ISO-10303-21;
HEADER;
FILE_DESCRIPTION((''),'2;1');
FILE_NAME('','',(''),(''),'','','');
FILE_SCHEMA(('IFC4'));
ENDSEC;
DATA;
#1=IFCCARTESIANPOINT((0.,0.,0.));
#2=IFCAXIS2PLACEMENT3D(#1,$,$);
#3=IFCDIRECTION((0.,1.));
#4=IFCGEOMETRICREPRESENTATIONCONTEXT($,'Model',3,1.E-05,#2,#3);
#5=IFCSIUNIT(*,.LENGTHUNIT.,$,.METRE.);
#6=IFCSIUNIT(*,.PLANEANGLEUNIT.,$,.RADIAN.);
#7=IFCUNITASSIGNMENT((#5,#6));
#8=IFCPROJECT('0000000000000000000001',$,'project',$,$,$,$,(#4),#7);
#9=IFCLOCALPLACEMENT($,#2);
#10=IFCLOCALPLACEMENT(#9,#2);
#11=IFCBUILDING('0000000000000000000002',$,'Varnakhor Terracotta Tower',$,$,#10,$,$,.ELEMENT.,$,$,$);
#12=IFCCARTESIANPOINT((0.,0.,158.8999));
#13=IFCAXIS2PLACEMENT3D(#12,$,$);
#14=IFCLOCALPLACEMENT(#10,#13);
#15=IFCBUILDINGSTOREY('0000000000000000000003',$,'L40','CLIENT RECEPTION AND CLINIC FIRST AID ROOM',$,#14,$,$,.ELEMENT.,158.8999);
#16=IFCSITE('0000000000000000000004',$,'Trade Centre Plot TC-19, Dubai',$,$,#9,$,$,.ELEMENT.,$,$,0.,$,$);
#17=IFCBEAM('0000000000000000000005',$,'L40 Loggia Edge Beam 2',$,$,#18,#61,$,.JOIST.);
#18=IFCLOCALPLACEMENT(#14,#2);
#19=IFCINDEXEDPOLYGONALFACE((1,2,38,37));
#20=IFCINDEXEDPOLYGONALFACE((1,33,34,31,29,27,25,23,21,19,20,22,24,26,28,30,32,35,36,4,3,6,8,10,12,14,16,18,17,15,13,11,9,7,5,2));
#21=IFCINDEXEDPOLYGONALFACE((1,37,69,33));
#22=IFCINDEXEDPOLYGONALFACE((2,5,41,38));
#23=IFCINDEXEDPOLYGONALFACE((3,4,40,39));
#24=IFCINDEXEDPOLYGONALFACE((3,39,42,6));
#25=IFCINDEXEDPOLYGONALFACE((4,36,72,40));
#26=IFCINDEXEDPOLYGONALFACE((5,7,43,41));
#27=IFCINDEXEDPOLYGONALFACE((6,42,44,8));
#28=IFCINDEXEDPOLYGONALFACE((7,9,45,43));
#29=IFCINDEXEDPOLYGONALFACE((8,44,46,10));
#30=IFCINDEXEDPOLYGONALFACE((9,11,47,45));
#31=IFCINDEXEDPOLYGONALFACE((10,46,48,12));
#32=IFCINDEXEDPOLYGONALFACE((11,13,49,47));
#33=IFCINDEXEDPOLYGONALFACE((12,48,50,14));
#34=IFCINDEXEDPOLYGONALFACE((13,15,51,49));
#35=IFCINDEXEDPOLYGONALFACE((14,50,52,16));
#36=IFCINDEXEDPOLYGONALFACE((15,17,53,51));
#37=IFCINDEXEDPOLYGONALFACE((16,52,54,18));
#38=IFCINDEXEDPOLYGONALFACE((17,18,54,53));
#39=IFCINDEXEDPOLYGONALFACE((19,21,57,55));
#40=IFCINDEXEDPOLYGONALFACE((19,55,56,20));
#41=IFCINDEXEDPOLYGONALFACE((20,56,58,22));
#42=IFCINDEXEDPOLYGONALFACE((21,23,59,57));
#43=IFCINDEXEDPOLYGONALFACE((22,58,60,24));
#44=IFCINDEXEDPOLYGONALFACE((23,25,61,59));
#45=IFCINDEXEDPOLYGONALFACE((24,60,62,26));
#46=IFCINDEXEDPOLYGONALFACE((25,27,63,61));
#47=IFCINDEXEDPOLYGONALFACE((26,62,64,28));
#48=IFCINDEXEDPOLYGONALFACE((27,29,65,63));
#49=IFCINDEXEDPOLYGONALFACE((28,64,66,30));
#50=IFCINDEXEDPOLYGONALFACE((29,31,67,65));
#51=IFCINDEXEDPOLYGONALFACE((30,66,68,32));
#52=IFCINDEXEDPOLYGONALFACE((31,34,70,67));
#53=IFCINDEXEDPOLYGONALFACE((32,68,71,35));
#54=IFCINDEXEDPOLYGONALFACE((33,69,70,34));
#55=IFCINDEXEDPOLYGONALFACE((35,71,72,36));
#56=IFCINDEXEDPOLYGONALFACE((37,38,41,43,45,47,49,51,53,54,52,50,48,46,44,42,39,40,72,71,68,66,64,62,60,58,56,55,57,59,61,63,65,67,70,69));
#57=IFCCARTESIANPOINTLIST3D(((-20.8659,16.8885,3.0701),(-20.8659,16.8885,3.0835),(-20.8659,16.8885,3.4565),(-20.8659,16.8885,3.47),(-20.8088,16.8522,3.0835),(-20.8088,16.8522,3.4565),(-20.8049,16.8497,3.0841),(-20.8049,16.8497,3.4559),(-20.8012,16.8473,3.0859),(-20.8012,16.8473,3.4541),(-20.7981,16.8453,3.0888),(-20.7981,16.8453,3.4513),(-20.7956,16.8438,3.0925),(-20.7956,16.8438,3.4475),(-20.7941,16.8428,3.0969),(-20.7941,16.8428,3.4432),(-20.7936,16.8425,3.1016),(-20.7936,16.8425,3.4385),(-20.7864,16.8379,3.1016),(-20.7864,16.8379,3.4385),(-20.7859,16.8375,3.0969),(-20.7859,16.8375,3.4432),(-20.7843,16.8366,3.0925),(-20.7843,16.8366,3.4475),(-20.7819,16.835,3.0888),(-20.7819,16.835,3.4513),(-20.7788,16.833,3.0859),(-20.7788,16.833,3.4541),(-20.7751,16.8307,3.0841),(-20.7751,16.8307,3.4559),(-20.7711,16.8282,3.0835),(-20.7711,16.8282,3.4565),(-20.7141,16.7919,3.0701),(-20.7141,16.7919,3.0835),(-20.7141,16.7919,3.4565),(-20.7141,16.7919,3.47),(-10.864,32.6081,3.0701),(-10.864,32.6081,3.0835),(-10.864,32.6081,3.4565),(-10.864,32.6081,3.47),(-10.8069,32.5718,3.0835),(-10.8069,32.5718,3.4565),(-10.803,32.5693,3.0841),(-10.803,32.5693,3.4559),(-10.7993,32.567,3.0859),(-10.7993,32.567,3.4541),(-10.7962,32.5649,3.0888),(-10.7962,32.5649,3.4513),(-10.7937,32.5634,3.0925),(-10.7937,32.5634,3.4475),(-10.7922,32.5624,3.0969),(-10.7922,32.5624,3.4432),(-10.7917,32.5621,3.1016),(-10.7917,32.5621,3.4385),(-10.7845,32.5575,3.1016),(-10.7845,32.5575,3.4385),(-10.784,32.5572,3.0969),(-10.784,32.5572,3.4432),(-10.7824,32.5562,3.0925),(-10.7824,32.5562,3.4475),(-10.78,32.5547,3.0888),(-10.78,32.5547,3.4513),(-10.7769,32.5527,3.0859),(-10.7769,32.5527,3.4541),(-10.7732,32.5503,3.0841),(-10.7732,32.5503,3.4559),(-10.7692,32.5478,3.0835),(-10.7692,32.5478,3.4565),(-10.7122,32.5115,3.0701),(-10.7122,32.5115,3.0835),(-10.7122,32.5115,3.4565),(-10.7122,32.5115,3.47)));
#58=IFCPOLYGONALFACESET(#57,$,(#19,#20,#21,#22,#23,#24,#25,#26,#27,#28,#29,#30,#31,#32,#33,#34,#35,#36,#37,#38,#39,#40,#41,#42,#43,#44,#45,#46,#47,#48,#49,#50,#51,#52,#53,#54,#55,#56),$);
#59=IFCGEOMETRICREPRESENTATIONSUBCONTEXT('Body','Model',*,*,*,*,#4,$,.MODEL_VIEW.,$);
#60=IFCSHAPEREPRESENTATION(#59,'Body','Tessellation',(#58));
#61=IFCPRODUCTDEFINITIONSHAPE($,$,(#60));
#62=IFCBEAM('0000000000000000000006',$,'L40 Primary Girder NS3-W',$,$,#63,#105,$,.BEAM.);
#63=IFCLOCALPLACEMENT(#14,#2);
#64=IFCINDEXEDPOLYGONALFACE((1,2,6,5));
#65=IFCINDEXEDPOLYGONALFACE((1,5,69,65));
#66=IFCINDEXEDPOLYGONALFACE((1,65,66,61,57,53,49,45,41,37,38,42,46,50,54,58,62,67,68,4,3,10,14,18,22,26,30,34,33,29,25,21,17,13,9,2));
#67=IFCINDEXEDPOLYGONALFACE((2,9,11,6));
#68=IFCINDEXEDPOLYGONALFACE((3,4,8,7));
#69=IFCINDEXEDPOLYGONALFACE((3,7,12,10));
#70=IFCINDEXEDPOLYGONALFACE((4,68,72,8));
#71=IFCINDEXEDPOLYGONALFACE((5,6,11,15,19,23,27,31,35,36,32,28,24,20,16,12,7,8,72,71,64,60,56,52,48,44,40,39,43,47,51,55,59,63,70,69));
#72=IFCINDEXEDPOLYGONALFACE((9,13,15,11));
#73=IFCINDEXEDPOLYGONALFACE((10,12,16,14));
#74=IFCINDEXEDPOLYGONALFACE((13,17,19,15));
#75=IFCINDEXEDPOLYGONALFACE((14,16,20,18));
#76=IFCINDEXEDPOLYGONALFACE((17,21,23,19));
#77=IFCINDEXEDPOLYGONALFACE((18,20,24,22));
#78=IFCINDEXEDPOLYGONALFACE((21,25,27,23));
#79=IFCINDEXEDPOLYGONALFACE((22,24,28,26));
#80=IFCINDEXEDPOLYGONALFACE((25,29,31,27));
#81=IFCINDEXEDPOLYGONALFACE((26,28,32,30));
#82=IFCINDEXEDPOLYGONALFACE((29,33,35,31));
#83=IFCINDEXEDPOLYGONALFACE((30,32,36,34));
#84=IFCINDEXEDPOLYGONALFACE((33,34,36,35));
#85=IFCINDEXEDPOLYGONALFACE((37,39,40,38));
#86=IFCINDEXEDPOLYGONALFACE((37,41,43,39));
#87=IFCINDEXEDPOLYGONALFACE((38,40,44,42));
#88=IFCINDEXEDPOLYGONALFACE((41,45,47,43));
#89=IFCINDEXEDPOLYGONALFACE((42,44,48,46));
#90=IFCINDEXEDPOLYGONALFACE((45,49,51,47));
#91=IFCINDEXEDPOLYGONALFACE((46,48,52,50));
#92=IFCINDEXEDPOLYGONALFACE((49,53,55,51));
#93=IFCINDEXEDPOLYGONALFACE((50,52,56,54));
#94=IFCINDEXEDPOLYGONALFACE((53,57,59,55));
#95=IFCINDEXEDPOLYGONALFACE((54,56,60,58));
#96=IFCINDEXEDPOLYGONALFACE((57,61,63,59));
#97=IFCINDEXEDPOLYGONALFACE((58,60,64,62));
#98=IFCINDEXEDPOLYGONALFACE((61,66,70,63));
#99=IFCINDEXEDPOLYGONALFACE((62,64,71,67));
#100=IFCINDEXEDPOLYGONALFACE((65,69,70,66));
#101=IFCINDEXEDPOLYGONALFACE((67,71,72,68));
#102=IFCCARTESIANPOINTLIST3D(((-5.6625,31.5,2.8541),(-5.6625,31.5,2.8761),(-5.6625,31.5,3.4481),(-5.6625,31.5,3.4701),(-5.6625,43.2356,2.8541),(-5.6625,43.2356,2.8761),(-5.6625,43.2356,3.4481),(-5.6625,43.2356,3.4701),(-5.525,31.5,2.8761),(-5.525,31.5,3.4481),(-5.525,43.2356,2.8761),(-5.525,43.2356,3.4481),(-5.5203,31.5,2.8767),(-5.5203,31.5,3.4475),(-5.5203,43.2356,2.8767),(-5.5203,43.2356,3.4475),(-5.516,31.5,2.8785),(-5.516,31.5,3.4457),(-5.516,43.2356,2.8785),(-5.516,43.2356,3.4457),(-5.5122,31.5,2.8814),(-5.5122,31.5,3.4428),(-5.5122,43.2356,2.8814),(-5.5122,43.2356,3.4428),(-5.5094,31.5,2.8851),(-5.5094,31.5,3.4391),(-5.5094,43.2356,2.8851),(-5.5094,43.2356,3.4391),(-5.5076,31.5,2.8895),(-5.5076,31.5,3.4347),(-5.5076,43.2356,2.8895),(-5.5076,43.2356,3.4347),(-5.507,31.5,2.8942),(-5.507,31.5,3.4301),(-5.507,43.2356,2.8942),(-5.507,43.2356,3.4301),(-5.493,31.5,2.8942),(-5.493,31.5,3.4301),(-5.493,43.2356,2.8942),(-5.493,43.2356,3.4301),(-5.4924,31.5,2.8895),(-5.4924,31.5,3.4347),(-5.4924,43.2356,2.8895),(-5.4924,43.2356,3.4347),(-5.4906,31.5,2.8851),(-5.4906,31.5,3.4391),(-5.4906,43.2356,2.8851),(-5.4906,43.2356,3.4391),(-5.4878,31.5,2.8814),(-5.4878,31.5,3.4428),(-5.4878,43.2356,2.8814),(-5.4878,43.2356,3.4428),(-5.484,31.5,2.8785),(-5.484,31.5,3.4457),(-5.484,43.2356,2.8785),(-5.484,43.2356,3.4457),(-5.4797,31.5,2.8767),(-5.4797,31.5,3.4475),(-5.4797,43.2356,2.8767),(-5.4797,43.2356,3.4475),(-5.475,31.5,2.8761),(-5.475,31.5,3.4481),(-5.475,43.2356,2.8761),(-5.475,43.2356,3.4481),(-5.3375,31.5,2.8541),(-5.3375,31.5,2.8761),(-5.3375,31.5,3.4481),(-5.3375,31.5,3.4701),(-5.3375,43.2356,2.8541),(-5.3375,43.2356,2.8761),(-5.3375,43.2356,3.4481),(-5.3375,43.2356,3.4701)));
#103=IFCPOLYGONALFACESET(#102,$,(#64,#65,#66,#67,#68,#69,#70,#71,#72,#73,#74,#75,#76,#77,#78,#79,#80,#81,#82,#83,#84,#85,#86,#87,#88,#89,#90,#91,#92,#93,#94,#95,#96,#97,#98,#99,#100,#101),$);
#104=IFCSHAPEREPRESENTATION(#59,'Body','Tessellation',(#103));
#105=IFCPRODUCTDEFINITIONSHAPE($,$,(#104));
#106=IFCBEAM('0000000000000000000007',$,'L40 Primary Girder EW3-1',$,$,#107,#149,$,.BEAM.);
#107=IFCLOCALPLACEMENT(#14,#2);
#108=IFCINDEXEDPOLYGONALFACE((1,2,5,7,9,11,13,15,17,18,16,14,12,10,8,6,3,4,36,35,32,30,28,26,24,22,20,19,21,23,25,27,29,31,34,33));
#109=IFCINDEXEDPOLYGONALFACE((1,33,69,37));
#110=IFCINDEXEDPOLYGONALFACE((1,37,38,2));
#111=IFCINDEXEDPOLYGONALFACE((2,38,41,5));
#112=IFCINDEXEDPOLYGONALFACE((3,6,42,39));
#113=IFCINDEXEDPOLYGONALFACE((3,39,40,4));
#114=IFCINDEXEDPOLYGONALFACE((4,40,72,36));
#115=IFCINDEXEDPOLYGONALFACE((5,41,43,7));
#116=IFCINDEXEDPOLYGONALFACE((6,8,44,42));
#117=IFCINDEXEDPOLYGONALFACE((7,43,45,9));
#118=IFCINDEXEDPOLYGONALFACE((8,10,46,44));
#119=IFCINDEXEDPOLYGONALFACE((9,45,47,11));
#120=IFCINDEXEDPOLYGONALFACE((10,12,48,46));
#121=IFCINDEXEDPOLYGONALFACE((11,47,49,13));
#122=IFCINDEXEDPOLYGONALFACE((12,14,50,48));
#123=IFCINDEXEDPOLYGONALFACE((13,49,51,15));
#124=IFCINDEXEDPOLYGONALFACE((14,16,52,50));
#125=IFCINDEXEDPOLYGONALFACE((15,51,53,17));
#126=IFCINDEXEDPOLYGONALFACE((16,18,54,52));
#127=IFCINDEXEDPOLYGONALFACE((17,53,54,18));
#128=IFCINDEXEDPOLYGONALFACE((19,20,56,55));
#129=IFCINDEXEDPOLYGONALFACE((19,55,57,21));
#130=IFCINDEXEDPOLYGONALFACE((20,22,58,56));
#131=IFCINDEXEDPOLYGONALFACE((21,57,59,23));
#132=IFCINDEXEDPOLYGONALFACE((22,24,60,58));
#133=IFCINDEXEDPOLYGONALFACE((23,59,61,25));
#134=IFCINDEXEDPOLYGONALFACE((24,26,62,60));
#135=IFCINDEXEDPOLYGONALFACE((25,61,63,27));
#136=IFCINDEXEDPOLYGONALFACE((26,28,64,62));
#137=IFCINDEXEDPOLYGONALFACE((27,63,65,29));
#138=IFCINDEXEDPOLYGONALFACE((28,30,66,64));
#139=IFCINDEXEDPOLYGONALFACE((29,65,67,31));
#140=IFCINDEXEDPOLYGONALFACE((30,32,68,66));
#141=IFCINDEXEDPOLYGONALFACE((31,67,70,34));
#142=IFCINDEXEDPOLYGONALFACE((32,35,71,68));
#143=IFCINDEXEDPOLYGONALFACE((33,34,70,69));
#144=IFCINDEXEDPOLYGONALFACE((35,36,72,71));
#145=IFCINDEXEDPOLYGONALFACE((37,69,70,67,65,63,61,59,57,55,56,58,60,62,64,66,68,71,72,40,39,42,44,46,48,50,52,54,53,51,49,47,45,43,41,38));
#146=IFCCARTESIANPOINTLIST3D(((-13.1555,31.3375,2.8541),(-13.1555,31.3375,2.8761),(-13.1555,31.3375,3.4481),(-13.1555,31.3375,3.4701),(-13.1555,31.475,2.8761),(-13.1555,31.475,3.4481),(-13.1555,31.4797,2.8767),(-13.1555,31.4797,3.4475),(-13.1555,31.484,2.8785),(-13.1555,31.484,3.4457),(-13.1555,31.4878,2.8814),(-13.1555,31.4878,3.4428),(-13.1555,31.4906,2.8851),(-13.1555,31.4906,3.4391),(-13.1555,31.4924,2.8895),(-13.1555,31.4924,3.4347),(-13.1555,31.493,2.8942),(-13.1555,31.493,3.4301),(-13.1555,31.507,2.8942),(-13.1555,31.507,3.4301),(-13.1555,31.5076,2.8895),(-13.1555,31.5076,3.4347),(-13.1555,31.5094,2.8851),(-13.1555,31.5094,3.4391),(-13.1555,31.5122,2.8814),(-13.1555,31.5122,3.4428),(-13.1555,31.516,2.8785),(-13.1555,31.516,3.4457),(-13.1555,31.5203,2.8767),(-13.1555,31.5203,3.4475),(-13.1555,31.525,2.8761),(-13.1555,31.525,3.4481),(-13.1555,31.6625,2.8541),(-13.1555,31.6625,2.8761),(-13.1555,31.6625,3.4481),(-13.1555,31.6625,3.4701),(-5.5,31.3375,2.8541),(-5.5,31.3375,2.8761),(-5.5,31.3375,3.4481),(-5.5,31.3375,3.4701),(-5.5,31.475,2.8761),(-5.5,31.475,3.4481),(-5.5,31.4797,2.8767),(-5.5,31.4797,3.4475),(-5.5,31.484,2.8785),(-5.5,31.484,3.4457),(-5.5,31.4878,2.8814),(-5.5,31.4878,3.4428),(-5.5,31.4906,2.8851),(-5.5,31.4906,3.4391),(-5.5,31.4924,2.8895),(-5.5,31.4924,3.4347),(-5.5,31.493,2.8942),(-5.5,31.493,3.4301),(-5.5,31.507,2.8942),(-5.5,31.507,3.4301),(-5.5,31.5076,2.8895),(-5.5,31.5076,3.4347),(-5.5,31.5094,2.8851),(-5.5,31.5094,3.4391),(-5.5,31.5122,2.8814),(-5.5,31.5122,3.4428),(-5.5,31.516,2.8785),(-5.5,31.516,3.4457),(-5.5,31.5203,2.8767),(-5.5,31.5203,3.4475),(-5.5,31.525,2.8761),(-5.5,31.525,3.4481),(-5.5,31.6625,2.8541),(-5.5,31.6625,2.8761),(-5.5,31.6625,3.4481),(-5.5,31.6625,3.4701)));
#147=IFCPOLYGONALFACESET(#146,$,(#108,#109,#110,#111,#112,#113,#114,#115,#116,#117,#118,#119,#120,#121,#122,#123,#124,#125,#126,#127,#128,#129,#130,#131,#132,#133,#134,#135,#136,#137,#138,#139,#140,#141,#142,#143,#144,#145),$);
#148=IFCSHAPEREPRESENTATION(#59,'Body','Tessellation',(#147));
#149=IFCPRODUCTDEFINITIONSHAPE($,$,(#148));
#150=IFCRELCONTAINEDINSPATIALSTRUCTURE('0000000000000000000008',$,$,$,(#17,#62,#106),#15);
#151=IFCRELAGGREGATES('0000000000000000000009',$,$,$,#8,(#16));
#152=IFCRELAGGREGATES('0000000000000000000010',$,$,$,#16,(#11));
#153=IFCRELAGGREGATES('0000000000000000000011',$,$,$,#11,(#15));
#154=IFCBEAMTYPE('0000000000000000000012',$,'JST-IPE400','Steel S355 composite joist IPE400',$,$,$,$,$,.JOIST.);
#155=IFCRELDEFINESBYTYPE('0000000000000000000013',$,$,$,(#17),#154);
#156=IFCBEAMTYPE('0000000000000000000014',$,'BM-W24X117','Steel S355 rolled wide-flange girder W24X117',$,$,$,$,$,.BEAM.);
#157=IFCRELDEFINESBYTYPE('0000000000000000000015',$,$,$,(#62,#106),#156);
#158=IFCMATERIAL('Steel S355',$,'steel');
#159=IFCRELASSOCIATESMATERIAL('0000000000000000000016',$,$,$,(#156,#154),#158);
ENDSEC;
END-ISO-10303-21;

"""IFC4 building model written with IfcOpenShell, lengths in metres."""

from ifc_helpers import new_model, si_unit, direction, frame, origin, origin_2d, place, context, subcontext, project, spatial, i_section, extrude, source, transform, mapped, material, material_profile, profile_set, type_object, element, save


model = new_model("IFC4")

# Units and contexts
model_context = context("Model", 3, precision=1e-05, world=origin(), true_north=direction((0.0, 1.0)))
body_context = subcontext(model_context, "Body", "Model", "MODEL_VIEW")
ifc_project = project(units=[si_unit("LENGTHUNIT", "METRE"), si_unit("PLANEANGLEUNIT", "RADIAN")], contexts=[model_context])

# Site, building, storey
site_placement = place(None, origin())
site = spatial("IfcSite", under=ifc_project, at=site_placement, Name="Trade Centre Plot TC-19, Dubai", CompositionType="ELEMENT", RefElevation=0.0)
building_placement = place(site_placement, origin())
building = spatial("IfcBuilding", under=site, at=building_placement, Name="Varnakhor Terracotta Tower", CompositionType="ELEMENT")
storey_placement = place(building_placement, frame((0.0, 0.0, 158.8999)))
storey = spatial("IfcBuildingStorey", under=building, at=storey_placement, Name="L40", Description="CLIENT RECEPTION AND CLINIC FIRST AID ROOM", CompositionType="ELEMENT", Elevation=158.8999)

# Beams
ifc_material_1 = material(Name="Steel S355", Category="steel")
ifc_material_profile_1 = material_profile(ifc_material_1, i_section(OverallWidth=0.325, OverallDepth=0.616, WebThickness=0.0139, FlangeThickness=0.022, FilletRadius=0.0181, at=origin_2d()), Name="W24X117")
ifc_profile_set_1 = profile_set([ifc_material_profile_1], Name="Steel S355")
beam_type_1 = type_object("IfcBeamType", Name="BM-W24X117", Description="Steel S355 rolled wide-flange girder W24X117", PredefinedType="BEAM", material=ifc_profile_set_1)
ifc_material_profile_2 = material_profile(ifc_material_1, i_section(OverallWidth=0.1799, OverallDepth=0.3999, WebThickness=0.0085, FlangeThickness=0.0134, FilletRadius=0.0181, at=origin_2d()), Name="IPE400")
ifc_profile_set_2 = profile_set([ifc_material_profile_2], Name="Steel S355")
beam_type_2 = type_object("IfcBeamType", Name="JST-IPE400", Description="Steel S355 composite joist IPE400", PredefinedType="JOIST", material=ifc_profile_set_2)
shared_shape_1 = source(origin(), body_context, "Body", "SweptSolid", [
    extrude(i_section(OverallWidth=0.1799, OverallDepth=0.3999, WebThickness=0.0085, FlangeThickness=0.0134, FilletRadius=0.0181, at=origin_2d()), origin(), (0.0, 0.0, 1.0), 18.6318),
])
beam_1_placement = place(storey_placement, frame((-10.7881, 32.5598, 3.27), z_axis=(-0.536818, -0.843698, 0.0), x_axis=(0.843698, -0.536818, 0.0)))
element("IfcBeam", 1, at=beam_1_placement, inside=storey, type_object=beam_type_2, Name="L40 Loggia Edge Beam 2", PredefinedType="JOIST", context=body_context, shape_type="MappedRepresentation", body=[
    mapped(shared_shape_1, transform((0.0, 0.0, 0.0), scale=1.0)),
])
shared_shape_2 = source(origin(), body_context, "Body", "SweptSolid", [
    extrude(i_section(OverallWidth=0.325, OverallDepth=0.616, WebThickness=0.0139, FlangeThickness=0.022, FilletRadius=0.0181, at=origin_2d()), origin(), (0.0, 0.0, 1.0), 11.7356),
])
beam_2_placement = place(storey_placement, frame((-5.5, 31.5, 3.1621), z_axis=(0.0, 1.0, 0.0), x_axis=(-1.0, 0.0, 0.0)))
element("IfcBeam", 2, at=beam_2_placement, inside=storey, type_object=beam_type_1, Name="L40 Primary Girder NS3-W", PredefinedType="BEAM", context=body_context, shape_type="MappedRepresentation", body=[
    mapped(shared_shape_2, transform((0.0, 0.0, 0.0), scale=1.0)),
])
shared_shape_3 = source(origin(), body_context, "Body", "SweptSolid", [
    extrude(i_section(OverallWidth=0.325, OverallDepth=0.616, WebThickness=0.0139, FlangeThickness=0.022, FilletRadius=0.0181, at=origin_2d()), origin(), (0.0, 0.0, 1.0), 7.6555),
])
beam_3_placement = place(storey_placement, frame((-13.1555, 31.5, 3.1621), z_axis=(1.0, 0.0, 0.0), x_axis=(0.0, 1.0, 0.0)))
element("IfcBeam", 3, at=beam_3_placement, inside=storey, type_object=beam_type_1, Name="L40 Primary Girder EW3-1", PredefinedType="BEAM", context=body_context, shape_type="MappedRepresentation", body=[
    mapped(shared_shape_3, transform((0.0, 0.0, 0.0), scale=1.0)),
])

save(model, "model.ifc")
